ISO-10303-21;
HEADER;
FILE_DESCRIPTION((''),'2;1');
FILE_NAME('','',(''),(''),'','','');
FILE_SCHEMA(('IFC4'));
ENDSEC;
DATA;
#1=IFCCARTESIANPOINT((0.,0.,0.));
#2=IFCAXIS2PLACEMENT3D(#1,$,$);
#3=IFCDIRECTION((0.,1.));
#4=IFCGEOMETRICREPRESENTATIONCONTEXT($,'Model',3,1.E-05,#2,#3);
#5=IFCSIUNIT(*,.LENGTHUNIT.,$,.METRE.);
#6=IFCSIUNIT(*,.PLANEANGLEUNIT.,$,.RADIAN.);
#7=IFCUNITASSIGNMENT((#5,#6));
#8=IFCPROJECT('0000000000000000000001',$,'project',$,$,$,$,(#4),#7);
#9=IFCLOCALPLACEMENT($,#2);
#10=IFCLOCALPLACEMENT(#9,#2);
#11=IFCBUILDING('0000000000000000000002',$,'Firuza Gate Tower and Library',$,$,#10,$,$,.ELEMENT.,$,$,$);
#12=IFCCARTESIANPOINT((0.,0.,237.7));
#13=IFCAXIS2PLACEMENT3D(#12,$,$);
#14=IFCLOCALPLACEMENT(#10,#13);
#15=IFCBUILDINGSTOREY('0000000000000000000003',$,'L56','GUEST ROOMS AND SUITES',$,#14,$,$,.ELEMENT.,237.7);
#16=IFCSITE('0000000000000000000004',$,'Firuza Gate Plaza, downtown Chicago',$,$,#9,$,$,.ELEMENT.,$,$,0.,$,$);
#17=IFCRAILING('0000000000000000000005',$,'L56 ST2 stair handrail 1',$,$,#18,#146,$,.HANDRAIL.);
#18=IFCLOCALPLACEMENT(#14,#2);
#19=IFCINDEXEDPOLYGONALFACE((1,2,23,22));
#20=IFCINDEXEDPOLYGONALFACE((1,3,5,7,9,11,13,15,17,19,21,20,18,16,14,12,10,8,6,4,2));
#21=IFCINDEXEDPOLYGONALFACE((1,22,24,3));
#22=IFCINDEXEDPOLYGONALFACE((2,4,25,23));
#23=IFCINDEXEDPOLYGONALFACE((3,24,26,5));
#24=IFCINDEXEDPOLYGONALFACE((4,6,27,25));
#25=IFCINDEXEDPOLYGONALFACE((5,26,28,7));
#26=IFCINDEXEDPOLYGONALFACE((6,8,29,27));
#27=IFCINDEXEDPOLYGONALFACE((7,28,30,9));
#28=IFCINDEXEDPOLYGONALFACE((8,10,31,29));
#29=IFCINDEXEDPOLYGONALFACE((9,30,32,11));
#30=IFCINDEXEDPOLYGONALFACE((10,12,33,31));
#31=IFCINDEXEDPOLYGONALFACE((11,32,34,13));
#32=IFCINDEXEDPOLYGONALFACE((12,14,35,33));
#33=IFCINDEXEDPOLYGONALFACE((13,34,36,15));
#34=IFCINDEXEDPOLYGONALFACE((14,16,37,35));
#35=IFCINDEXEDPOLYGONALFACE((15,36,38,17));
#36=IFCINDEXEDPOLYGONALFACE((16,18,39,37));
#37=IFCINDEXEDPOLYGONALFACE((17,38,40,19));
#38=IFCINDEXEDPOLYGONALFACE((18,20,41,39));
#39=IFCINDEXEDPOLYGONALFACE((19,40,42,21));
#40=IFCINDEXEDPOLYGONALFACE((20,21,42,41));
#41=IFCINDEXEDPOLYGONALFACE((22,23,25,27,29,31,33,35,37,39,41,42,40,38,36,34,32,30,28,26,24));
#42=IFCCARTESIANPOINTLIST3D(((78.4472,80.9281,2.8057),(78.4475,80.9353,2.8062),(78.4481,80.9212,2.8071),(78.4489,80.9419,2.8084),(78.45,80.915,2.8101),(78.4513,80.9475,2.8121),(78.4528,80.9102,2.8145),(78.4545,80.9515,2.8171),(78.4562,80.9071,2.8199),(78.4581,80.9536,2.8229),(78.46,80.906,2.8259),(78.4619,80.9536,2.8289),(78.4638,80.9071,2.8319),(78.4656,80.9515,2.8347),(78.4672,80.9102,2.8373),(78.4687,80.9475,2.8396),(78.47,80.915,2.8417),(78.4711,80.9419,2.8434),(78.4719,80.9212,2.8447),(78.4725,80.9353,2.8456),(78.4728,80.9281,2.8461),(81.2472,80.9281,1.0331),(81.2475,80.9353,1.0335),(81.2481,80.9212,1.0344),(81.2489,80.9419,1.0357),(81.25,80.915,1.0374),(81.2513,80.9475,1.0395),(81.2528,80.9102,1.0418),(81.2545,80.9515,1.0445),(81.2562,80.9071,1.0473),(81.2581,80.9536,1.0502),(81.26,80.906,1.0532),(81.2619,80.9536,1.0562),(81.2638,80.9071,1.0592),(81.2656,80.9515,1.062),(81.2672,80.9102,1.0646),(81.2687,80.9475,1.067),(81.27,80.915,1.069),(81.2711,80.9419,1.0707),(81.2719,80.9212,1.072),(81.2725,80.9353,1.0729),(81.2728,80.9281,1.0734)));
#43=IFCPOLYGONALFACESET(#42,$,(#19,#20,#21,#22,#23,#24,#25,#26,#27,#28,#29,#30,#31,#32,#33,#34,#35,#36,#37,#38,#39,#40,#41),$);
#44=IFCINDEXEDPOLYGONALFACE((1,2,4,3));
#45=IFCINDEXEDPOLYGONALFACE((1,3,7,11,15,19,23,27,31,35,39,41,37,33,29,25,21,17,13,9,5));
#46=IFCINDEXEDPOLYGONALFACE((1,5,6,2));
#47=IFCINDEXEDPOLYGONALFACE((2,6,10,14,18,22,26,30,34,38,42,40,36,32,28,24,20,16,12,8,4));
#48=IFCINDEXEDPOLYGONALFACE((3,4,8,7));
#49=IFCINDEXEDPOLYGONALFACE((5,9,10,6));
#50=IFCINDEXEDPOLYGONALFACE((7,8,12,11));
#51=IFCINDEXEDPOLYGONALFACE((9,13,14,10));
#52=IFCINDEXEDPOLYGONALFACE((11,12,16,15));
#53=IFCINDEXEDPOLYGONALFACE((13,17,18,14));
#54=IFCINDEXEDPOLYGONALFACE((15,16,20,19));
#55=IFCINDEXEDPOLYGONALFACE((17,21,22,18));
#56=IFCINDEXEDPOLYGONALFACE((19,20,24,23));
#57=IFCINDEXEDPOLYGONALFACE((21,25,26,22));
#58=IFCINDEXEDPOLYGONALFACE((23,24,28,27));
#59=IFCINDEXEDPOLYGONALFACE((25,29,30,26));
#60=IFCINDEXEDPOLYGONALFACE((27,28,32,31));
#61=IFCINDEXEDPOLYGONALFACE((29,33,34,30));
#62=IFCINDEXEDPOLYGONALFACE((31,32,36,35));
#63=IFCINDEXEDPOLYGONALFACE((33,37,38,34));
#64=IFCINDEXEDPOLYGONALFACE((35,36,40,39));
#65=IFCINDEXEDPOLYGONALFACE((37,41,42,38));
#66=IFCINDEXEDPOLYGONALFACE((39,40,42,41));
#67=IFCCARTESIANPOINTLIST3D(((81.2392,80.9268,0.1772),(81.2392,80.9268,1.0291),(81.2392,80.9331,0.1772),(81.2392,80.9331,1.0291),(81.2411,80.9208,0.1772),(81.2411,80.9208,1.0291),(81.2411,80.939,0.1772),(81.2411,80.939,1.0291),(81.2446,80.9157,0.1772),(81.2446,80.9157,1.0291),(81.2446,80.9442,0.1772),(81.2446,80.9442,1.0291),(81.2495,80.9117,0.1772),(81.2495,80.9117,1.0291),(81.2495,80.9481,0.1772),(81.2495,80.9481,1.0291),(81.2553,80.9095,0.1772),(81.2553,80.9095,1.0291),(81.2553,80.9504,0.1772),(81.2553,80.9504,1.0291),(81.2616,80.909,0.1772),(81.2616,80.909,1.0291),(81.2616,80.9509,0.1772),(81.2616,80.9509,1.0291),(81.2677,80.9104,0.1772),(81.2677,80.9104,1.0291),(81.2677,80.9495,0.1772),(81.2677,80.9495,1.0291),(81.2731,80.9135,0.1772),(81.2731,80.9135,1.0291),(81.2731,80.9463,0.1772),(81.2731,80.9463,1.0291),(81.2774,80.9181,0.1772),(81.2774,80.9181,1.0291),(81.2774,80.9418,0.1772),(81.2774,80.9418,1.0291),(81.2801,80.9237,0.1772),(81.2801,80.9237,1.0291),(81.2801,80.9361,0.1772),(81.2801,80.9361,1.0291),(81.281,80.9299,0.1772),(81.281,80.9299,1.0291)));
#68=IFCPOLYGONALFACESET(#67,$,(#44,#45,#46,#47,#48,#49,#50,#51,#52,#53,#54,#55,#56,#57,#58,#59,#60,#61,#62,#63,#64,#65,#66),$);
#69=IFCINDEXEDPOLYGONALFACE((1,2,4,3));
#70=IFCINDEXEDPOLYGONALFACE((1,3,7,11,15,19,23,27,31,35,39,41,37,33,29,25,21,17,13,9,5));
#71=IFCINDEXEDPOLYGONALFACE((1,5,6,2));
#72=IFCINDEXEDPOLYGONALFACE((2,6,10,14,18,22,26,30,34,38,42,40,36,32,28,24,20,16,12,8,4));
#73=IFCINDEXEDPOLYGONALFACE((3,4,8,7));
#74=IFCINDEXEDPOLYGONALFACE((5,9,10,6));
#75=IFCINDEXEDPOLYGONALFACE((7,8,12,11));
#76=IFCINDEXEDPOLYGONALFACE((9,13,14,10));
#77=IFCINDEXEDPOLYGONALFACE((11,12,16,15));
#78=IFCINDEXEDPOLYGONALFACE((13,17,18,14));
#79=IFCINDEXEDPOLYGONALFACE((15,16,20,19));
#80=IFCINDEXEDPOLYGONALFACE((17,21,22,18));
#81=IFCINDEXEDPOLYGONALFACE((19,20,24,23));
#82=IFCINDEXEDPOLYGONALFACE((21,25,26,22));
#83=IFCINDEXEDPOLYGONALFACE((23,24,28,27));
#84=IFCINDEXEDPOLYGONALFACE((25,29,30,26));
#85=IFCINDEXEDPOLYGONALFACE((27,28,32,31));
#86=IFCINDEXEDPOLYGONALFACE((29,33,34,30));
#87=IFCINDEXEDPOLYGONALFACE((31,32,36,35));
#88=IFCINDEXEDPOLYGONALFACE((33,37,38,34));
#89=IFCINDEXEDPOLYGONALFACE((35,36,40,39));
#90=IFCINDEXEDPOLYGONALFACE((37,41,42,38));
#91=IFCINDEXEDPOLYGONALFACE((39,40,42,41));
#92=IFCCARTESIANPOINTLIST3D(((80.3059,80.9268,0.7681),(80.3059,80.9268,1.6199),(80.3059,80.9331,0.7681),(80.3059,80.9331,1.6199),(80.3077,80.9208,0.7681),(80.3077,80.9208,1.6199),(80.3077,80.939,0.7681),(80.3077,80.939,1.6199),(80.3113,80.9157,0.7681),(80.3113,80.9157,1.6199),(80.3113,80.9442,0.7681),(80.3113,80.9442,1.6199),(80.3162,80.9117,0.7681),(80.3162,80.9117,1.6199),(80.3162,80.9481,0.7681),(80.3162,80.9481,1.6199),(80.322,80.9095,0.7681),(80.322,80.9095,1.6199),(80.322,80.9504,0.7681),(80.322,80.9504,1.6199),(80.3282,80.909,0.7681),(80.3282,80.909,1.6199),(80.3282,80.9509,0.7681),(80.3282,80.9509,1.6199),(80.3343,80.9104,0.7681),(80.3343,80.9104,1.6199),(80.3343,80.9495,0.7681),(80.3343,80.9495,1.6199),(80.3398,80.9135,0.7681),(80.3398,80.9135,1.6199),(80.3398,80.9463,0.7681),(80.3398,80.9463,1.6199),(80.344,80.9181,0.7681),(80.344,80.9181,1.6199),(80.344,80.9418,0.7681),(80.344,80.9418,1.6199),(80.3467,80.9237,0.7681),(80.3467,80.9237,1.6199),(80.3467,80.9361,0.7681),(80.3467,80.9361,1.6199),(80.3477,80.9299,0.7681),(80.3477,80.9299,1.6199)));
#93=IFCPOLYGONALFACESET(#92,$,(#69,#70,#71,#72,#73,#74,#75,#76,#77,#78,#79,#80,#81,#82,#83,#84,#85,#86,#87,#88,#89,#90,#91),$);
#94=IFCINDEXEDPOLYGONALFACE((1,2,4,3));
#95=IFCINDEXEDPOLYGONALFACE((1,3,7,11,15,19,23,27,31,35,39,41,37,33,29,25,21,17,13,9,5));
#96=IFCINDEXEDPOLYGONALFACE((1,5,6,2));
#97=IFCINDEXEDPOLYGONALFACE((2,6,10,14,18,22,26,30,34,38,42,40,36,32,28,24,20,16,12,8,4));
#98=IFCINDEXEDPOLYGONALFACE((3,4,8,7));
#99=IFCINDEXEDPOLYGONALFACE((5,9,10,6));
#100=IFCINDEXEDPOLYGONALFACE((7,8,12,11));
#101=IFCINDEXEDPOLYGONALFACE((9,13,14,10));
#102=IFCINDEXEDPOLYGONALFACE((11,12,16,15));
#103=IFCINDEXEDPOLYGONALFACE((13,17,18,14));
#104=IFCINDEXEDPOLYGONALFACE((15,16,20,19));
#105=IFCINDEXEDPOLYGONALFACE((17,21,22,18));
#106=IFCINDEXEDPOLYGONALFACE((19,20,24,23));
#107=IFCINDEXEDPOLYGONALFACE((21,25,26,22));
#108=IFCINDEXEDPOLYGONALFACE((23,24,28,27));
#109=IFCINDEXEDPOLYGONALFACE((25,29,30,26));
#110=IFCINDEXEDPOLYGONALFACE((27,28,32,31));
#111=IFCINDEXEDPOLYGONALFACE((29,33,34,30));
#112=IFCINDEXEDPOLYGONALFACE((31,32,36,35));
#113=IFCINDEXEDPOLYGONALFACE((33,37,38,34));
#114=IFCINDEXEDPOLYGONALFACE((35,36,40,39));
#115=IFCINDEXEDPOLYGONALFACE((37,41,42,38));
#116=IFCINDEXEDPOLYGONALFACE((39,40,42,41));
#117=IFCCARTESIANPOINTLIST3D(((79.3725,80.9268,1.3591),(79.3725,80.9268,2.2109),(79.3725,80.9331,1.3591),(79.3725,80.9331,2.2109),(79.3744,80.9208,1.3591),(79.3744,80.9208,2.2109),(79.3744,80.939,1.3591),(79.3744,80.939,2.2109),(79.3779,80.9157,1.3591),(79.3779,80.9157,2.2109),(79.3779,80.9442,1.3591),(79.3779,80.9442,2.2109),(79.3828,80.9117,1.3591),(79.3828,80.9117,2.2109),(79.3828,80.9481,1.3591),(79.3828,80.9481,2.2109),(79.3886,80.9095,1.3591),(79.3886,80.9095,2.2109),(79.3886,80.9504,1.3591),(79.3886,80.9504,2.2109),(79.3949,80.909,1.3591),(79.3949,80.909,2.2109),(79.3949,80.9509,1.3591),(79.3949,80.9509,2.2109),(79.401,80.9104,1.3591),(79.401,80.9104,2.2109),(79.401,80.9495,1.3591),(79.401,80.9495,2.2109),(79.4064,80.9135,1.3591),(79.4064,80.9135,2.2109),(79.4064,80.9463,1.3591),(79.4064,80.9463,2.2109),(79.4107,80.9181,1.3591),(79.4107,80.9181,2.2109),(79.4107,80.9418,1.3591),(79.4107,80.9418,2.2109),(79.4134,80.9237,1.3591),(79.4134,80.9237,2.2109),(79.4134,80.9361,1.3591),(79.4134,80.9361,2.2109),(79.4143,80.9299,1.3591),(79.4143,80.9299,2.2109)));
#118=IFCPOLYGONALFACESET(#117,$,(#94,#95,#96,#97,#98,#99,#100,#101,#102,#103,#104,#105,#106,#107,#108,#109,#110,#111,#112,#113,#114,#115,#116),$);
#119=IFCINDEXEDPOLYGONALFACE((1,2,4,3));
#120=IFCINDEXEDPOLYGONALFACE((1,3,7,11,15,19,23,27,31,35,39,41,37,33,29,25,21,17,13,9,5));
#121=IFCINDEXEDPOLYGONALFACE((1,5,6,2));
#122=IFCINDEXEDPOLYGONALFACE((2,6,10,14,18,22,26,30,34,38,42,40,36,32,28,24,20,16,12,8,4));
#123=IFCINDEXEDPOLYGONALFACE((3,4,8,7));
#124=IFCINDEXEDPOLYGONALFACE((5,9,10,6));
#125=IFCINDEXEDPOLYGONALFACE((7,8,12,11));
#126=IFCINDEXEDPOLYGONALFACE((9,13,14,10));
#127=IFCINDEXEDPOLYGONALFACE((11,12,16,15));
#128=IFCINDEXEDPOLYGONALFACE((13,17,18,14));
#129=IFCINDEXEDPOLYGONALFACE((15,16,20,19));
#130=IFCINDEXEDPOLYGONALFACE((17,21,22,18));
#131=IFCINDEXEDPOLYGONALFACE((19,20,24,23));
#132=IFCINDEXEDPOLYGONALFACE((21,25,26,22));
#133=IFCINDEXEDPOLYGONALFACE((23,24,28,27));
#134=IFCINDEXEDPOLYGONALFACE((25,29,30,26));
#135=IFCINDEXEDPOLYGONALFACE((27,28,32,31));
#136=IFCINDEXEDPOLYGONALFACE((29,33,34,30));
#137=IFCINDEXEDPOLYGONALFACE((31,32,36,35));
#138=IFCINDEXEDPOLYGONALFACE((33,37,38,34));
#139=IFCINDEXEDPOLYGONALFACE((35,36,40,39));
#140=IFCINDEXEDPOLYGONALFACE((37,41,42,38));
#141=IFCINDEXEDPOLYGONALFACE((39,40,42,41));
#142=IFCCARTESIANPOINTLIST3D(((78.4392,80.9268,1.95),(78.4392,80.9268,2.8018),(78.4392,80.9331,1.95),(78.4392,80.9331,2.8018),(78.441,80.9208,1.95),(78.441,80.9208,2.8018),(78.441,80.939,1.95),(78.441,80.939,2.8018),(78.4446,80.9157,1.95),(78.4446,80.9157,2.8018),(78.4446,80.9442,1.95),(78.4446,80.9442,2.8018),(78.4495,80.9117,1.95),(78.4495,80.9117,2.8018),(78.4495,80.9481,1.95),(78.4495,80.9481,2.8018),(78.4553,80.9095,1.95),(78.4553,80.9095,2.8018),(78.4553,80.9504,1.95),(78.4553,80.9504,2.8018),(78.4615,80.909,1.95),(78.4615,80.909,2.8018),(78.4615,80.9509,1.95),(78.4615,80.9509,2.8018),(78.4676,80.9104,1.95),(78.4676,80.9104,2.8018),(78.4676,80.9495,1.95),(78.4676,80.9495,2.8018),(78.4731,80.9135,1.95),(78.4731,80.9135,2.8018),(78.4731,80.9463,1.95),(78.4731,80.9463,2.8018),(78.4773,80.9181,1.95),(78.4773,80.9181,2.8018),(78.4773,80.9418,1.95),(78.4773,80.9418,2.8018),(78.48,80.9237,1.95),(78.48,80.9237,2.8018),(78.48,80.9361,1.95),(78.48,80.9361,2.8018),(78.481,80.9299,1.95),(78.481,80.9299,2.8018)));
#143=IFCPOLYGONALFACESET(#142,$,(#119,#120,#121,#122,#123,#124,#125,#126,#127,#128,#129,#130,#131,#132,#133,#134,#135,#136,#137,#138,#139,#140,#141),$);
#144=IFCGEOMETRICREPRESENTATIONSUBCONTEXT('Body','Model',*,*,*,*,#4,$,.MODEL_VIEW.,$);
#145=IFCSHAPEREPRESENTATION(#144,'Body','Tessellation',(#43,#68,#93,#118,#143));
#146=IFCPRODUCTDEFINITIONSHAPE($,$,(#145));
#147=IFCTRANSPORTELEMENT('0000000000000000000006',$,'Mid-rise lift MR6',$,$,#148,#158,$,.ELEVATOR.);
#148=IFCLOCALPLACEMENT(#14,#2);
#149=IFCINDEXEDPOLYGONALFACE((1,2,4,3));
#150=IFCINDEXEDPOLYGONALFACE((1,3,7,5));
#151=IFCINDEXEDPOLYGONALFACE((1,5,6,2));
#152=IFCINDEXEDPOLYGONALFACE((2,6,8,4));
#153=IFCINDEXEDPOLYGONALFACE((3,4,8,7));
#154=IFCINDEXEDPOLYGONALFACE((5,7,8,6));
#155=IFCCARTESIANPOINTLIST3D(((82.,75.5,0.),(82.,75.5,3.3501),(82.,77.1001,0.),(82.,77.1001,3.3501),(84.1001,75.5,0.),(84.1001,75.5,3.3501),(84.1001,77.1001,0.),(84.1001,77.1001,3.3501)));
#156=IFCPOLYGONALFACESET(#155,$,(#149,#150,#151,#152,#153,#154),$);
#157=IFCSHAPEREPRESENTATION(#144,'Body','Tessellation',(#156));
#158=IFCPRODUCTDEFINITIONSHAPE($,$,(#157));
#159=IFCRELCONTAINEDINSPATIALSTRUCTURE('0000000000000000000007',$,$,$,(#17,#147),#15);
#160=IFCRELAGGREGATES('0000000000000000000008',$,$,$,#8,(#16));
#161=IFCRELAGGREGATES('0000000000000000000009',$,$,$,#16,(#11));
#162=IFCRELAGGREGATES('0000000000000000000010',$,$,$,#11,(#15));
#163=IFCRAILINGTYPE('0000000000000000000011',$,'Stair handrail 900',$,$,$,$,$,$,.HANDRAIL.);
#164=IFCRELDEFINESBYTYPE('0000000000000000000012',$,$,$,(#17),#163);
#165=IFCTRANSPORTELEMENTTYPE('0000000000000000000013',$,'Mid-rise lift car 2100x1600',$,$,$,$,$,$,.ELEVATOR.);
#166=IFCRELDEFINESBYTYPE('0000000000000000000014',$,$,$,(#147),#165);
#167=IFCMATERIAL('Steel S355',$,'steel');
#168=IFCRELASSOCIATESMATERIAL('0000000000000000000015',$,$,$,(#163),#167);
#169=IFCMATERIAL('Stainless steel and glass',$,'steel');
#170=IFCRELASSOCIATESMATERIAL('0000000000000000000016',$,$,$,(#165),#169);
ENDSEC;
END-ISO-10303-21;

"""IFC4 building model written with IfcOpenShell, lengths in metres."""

from ifc_helpers import new_model, si_unit, direction, frame, origin, origin_2d, place, context, subcontext, project, spatial, rectangle, circle, extrude, material, type_object, element, save


model = new_model("IFC4")

# Units and contexts
model_context = context("Model", 3, precision=1e-05, world=origin(), true_north=direction((0.0, 1.0)))
body_context = subcontext(model_context, "Body", "Model", "MODEL_VIEW")
ifc_project = project(units=[si_unit("LENGTHUNIT", "METRE"), si_unit("PLANEANGLEUNIT", "RADIAN")], contexts=[model_context])

# Site, building, storey
site_placement = place(None, origin())
site = spatial("IfcSite", under=ifc_project, at=site_placement, Name="Firuza Gate Plaza, downtown Chicago", CompositionType="ELEMENT", RefElevation=0.0)
building_placement = place(site_placement, origin())
building = spatial("IfcBuilding", under=site, at=building_placement, Name="Firuza Gate Tower and Library", CompositionType="ELEMENT")
storey_placement = place(building_placement, frame((0.0, 0.0, 237.7)))
storey = spatial("IfcBuildingStorey", under=building, at=storey_placement, Name="L56", Description="GUEST ROOMS AND SUITES", CompositionType="ELEMENT", Elevation=237.7)

# Railing
ifc_material_1 = material(Name="Steel S355", Category="steel")
railing_type_1 = type_object("IfcRailingType", Name="Stair handrail 900", PredefinedType="HANDRAIL", material=ifc_material_1)
railing_1_placement = place(storey_placement, frame((81.26, 80.9299, 0.1772)))
element("IfcRailing", 1, at=railing_1_placement, inside=storey, type_object=railing_type_1, Name="L56 ST2 stair handrail 1", PredefinedType="HANDRAIL", context=body_context, shape_type="SweptSolid", body=[
    extrude(circle(Radius=0.0239, at=origin_2d()), frame((0.0, 0.0, 0.876), z_axis=(-0.844909, 0.0, 0.53491), x_axis=(0.0, -1.0, 0.0)), (0.0, 0.0, 1.0), 3.314),
    extrude(circle(Radius=0.021, at=origin_2d()), origin(), (0.0, 0.0, 1.0), 0.8518),
    extrude(circle(Radius=0.021, at=origin_2d()), frame((-0.9333, 0.0, 0.5908)), (0.0, 0.0, 1.0), 0.8518),
    extrude(circle(Radius=0.021, at=origin_2d()), frame((-1.8667, 0.0, 1.1819)), (0.0, 0.0, 1.0), 0.8518),
    extrude(circle(Radius=0.021, at=origin_2d()), frame((-2.8, 0.0, 1.7727)), (0.0, 0.0, 1.0), 0.8518),
])

# Transport element
ifc_material_2 = material(Name="Stainless steel and glass", Category="steel")
transport_element_type = type_object("IfcTransportElementType", Name="Mid-rise lift car 2100x1600", PredefinedType="ELEVATOR", material=ifc_material_2)
transport_element_placement = place(storey_placement, frame((83.05, 76.3, 0.0), z_axis=(0.0, 0.0, 1.0), x_axis=(1.0, 0.0, 0.0)))
element("IfcTransportElement", 2, at=transport_element_placement, inside=storey, type_object=transport_element_type, Name="Mid-rise lift MR6", PredefinedType="ELEVATOR", context=body_context, shape_type="SweptSolid", body=[
    extrude(rectangle(XDim=2.1001, YDim=1.6001, at=origin_2d()), origin(), (0.0, 0.0, 1.0), 3.3501),
])

save(model, "model.ifc")
